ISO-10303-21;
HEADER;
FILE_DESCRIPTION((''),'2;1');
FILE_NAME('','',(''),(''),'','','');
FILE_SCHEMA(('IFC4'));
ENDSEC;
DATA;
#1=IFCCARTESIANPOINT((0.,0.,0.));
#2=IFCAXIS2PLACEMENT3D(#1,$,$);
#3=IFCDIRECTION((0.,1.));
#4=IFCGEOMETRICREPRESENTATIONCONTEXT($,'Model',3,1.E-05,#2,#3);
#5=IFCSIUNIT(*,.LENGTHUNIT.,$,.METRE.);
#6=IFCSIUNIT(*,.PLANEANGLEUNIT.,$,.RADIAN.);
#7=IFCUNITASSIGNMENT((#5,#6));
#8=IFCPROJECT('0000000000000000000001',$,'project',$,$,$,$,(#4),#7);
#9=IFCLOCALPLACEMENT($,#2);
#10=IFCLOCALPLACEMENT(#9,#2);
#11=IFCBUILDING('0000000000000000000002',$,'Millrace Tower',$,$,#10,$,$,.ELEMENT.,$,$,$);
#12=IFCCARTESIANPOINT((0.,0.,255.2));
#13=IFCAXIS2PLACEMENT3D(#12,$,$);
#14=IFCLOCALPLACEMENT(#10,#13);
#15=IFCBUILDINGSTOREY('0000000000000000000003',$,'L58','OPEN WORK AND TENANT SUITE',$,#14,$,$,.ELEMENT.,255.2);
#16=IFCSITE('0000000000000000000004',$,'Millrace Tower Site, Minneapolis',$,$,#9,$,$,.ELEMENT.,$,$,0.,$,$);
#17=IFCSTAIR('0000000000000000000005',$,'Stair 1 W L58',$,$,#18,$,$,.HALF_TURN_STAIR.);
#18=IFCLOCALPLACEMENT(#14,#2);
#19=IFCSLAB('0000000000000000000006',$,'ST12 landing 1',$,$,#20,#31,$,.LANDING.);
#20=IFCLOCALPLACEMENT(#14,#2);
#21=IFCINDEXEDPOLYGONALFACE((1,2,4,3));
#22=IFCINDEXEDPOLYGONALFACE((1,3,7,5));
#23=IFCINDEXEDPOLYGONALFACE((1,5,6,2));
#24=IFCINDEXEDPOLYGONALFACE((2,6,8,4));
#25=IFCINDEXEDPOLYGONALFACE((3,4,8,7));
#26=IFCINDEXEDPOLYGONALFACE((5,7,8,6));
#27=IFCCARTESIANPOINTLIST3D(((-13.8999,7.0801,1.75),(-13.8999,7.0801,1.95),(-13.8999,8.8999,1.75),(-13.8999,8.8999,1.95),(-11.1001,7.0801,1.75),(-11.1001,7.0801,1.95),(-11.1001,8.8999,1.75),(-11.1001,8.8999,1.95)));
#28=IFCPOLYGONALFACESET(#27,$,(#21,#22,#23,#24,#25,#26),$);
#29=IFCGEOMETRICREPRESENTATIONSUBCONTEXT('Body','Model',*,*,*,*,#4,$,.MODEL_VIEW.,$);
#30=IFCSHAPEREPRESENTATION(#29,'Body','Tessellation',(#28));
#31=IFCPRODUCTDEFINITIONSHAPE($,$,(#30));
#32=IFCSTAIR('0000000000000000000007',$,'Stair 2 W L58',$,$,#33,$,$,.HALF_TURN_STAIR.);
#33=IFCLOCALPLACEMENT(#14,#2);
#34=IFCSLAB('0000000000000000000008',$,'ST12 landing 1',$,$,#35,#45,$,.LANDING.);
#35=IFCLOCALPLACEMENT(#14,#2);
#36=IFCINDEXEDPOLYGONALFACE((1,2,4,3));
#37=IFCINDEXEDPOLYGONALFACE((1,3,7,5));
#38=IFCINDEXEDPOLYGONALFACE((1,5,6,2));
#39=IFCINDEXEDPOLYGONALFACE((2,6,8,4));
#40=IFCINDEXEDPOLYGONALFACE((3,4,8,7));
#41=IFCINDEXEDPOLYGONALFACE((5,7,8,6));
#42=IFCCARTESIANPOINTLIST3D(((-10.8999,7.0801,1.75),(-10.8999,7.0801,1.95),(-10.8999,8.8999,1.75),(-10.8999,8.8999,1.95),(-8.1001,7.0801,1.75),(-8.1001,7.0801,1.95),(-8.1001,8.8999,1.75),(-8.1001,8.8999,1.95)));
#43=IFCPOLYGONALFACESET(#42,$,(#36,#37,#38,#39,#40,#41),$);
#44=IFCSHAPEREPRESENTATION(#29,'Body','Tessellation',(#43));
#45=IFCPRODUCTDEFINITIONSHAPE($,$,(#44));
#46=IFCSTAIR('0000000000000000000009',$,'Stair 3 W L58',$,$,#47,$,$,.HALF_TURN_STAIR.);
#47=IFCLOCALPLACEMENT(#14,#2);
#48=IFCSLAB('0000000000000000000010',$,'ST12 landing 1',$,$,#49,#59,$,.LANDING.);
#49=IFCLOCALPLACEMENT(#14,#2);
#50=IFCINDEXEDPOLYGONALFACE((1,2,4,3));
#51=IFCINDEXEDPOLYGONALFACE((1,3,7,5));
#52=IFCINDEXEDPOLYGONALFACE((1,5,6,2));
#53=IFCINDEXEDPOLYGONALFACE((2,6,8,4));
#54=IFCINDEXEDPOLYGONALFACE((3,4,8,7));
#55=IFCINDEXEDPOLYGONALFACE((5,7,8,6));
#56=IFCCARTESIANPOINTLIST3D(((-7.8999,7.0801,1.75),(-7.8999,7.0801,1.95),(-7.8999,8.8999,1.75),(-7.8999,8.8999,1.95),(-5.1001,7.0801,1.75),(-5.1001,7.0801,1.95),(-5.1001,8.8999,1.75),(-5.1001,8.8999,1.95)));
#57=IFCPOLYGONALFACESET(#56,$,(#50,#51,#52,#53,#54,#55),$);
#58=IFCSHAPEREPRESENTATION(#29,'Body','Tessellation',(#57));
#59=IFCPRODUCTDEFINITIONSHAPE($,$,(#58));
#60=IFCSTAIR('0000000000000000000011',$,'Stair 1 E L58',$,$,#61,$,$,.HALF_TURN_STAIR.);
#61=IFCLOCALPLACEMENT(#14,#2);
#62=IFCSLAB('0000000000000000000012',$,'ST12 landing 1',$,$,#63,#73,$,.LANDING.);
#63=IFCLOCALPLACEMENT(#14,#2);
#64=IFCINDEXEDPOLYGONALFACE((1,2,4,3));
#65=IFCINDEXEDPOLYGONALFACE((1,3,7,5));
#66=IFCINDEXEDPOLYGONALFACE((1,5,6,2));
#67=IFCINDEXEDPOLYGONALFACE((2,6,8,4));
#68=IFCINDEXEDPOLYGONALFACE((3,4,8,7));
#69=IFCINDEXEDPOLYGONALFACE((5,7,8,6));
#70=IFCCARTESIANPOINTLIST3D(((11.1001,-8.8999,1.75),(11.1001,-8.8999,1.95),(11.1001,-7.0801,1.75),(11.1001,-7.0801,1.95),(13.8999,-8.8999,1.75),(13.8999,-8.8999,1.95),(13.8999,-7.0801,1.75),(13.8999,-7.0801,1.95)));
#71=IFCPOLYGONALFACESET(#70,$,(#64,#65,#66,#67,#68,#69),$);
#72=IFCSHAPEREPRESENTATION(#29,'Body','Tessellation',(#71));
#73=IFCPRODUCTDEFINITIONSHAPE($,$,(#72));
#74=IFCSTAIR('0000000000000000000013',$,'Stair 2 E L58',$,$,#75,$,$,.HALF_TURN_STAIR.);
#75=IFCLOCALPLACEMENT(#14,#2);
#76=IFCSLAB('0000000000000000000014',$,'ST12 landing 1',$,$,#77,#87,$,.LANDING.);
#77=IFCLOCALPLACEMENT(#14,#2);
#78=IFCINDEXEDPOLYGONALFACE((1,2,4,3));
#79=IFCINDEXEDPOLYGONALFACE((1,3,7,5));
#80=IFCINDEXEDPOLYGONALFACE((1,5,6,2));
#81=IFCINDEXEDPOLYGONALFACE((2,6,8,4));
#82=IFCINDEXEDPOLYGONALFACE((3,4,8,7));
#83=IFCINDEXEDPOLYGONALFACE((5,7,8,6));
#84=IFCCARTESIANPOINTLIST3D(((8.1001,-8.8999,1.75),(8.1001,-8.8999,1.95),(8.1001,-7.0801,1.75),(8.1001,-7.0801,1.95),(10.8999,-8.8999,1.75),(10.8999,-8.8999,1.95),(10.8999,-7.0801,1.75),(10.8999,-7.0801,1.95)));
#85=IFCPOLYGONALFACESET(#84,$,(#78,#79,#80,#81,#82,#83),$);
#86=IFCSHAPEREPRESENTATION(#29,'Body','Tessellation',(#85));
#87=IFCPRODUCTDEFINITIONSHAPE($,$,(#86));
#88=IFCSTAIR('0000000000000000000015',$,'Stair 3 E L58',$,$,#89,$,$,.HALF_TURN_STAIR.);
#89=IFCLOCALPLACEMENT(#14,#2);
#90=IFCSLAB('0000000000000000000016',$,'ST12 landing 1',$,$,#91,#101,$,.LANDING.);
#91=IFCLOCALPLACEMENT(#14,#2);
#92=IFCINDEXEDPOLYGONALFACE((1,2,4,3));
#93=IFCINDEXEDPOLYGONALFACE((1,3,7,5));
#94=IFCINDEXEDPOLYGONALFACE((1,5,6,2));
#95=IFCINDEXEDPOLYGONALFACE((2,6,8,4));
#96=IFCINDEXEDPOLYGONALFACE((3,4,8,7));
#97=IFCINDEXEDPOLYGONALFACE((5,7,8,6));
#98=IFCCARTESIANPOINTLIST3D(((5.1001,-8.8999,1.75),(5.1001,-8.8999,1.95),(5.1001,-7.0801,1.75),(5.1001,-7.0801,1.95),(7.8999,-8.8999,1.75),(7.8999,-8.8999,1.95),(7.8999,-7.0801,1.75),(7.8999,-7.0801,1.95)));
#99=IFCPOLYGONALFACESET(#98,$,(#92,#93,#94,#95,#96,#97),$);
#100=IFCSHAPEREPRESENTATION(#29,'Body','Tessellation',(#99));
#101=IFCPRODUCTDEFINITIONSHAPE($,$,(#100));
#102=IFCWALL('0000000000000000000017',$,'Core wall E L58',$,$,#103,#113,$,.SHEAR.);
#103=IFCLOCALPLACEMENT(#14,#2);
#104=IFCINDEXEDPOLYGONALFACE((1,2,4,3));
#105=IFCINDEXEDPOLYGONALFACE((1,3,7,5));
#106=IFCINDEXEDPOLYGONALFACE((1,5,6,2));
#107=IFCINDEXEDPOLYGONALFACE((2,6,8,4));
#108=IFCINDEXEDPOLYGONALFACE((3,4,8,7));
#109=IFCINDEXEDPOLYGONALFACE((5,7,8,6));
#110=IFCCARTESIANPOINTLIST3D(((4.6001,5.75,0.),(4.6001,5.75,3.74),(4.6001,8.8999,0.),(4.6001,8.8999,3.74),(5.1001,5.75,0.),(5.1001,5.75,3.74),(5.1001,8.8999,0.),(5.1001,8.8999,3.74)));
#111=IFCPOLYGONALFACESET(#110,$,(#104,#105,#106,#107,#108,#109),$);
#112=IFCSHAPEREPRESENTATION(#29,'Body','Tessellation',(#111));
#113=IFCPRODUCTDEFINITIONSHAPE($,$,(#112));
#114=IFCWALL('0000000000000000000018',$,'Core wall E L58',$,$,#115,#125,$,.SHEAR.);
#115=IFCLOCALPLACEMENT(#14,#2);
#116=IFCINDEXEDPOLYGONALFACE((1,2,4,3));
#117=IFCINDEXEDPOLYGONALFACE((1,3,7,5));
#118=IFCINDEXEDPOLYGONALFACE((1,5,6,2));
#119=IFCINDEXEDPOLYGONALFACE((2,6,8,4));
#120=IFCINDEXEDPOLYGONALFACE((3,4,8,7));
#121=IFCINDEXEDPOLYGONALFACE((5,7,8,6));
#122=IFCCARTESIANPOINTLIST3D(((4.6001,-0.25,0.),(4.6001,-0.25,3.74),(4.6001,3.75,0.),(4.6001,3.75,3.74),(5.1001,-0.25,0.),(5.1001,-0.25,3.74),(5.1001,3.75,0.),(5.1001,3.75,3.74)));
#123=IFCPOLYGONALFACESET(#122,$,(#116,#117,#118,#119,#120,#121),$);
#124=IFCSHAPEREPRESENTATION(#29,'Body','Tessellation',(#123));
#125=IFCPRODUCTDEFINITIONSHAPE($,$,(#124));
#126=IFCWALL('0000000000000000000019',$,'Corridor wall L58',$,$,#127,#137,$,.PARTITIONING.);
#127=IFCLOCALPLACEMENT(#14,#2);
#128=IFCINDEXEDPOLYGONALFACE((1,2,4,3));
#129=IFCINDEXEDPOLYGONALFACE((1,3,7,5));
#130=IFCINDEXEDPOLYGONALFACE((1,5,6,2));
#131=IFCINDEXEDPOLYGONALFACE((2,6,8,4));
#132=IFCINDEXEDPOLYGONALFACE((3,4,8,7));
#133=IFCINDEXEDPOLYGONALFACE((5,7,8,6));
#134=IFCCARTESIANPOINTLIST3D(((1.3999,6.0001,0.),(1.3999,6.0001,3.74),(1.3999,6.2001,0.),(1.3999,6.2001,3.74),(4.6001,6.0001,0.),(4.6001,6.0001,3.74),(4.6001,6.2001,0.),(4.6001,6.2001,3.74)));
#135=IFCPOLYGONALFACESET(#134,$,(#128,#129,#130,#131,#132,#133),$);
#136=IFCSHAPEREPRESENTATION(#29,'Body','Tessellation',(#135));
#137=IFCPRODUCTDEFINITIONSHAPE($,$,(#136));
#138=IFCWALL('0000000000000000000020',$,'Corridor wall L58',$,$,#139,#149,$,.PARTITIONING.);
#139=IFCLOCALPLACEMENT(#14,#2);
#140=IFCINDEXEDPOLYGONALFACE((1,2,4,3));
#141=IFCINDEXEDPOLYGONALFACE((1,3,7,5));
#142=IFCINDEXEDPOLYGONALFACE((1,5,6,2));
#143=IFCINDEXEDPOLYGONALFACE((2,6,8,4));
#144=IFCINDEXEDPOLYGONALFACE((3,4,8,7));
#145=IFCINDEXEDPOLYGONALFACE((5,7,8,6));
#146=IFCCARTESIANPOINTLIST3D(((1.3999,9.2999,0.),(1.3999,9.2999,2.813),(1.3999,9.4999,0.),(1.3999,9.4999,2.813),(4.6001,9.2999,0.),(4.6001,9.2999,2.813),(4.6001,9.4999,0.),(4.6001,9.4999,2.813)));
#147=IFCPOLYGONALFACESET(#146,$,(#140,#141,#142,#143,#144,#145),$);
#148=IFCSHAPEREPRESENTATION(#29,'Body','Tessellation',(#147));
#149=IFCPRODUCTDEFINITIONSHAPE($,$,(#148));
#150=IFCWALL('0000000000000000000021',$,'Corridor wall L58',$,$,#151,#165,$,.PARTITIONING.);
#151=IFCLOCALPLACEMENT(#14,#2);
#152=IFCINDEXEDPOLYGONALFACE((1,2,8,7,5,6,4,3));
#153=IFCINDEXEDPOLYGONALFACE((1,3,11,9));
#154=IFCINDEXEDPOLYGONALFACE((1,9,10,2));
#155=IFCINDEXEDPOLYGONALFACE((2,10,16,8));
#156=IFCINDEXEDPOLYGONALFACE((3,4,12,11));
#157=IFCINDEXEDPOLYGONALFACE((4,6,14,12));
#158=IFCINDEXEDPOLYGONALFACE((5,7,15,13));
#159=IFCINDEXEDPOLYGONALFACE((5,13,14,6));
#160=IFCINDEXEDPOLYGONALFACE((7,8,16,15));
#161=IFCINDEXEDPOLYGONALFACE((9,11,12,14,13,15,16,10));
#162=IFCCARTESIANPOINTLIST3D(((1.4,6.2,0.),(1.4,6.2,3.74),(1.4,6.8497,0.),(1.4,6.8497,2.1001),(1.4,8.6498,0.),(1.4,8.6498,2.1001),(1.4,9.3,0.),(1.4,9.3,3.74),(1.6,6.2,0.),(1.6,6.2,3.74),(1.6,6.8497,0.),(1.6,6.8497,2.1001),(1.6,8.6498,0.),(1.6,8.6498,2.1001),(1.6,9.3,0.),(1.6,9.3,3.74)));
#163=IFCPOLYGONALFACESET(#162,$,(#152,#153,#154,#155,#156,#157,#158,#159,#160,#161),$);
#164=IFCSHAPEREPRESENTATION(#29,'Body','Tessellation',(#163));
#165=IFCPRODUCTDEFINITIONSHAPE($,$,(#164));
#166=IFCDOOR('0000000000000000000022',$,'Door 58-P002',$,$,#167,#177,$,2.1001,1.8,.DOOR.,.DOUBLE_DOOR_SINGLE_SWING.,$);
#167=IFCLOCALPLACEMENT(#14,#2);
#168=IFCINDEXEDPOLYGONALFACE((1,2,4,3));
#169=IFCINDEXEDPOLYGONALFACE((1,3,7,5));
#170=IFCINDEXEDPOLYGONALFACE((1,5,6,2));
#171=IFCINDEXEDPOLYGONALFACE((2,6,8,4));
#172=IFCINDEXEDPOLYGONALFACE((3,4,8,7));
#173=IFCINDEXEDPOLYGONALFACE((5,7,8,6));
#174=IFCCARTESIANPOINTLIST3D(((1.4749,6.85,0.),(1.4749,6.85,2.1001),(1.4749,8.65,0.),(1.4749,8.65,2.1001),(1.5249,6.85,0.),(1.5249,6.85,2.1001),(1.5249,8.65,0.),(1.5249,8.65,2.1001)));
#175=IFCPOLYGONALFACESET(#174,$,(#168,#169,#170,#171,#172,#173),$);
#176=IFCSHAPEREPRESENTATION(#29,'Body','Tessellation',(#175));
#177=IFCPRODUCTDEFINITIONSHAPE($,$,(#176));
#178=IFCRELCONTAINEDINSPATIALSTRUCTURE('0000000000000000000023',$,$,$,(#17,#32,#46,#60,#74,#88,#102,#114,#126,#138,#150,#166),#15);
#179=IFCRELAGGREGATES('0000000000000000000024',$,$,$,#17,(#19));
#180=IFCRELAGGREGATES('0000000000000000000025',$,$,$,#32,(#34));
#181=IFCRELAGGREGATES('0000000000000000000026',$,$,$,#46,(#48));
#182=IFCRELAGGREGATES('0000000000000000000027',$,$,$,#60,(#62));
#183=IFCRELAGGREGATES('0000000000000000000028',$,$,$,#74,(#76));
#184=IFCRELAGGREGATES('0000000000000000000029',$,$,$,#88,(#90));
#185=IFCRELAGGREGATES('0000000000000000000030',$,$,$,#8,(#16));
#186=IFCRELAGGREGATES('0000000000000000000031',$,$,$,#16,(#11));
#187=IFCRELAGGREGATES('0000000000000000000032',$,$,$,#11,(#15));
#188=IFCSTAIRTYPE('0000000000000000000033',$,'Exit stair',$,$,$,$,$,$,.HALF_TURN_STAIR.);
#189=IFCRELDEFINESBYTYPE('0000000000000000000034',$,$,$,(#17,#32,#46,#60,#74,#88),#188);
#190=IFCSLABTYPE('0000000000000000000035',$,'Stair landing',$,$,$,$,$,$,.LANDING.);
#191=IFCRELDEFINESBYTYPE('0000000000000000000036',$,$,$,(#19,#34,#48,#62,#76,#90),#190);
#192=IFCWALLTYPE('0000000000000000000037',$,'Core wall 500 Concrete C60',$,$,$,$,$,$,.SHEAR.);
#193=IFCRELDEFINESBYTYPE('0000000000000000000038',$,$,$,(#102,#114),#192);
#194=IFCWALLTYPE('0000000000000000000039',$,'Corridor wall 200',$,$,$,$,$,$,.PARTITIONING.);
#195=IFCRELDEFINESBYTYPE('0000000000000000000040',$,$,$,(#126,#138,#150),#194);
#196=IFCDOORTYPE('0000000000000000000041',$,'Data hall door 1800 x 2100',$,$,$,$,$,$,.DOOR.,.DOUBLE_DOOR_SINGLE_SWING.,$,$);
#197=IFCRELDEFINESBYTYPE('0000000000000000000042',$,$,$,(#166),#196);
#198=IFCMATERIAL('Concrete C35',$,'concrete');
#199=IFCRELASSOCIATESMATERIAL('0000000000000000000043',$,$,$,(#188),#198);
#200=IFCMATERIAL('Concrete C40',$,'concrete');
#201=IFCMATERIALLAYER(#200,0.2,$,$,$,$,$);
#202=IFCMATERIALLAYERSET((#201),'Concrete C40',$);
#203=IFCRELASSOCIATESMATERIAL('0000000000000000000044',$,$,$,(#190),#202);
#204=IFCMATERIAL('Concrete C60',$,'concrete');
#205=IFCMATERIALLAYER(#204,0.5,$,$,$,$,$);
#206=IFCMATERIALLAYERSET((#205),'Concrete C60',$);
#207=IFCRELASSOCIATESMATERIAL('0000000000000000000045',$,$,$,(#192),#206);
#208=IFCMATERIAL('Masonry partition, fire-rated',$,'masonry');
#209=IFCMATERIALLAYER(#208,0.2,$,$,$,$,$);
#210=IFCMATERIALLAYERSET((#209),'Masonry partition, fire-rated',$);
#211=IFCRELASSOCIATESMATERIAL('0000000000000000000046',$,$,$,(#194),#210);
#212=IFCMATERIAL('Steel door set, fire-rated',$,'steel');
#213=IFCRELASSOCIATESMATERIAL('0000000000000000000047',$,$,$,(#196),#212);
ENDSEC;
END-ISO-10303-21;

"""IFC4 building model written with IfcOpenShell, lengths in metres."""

from ifc_helpers import new_model, si_unit, direction, frame, frame_2d, origin, place, context, subcontext, project, spatial, polyline, rectangle, outline, extrude, material, layer, layer_set, type_object, element, fill, aggregate, save


model = new_model("IFC4")

# Units and contexts
model_context = context("Model", 3, precision=1e-05, world=origin(), true_north=direction((0.0, 1.0)))
body_context = subcontext(model_context, "Body", "Model", "MODEL_VIEW")
ifc_project = project(units=[si_unit("LENGTHUNIT", "METRE"), si_unit("PLANEANGLEUNIT", "RADIAN")], contexts=[model_context])

# Site, building, storey
site_placement = place(None, origin())
site = spatial("IfcSite", under=ifc_project, at=site_placement, Name="Millrace Tower Site, Minneapolis", CompositionType="ELEMENT", RefElevation=0.0)
building_placement = place(site_placement, origin())
building = spatial("IfcBuilding", under=site, at=building_placement, Name="Millrace Tower", CompositionType="ELEMENT")
storey_placement = place(building_placement, frame((0.0, 0.0, 255.2)))
storey = spatial("IfcBuildingStorey", under=building, at=storey_placement, Name="L58", Description="OPEN WORK AND TENANT SUITE", CompositionType="ELEMENT", Elevation=255.2)

# Shared definitions
placement_1 = place(storey_placement, origin())

# Stairs, slabs
ifc_material_1 = material(Name="Concrete C35", Category="concrete")
stair_type = type_object("IfcStairType", Name="Exit stair", PredefinedType="HALF_TURN_STAIR", material=ifc_material_1)
stair_1 = element("IfcStair", 1, at=placement_1, inside=storey, type_object=stair_type, Name="Stair 1 W L58", PredefinedType="HALF_TURN_STAIR")
ifc_material_2 = material(Name="Concrete C40", Category="concrete")
ifc_layer_1 = layer(ifc_material_2, 0.2)
ifc_layer_set_1 = layer_set([ifc_layer_1], Name="Concrete C40")
slab_type = type_object("IfcSlabType", Name="Stair landing", PredefinedType="LANDING", material=ifc_layer_set_1)
placement_2 = place(storey_placement, frame((0.0, 0.0, 1.75)))
slab_1 = element("IfcSlab", 2, at=placement_2, type_object=slab_type, Name="ST12 landing 1", PredefinedType="LANDING", context=body_context, shape_type="SweptSolid", body=[
    extrude(outline(polyline([(-13.8999, 7.0801), (-11.1001, 7.0801), (-11.1001, 8.8999), (-13.8999, 8.8999), (-13.8999, 7.0801)])), origin(), (0.0, 0.0, 1.0), 0.2),
])
aggregate(stair_1, [slab_1])
stair_2 = element("IfcStair", 3, at=placement_1, inside=storey, type_object=stair_type, Name="Stair 2 W L58", PredefinedType="HALF_TURN_STAIR")
slab_2 = element("IfcSlab", 4, at=placement_2, type_object=slab_type, Name="ST12 landing 1", PredefinedType="LANDING", context=body_context, shape_type="SweptSolid", body=[
    extrude(outline(polyline([(-10.8999, 7.0801), (-8.1001, 7.0801), (-8.1001, 8.8999), (-10.8999, 8.8999), (-10.8999, 7.0801)])), origin(), (0.0, 0.0, 1.0), 0.2),
])
aggregate(stair_2, [slab_2])
stair_3 = element("IfcStair", 5, at=placement_1, inside=storey, type_object=stair_type, Name="Stair 3 W L58", PredefinedType="HALF_TURN_STAIR")
slab_3 = element("IfcSlab", 6, at=placement_2, type_object=slab_type, Name="ST12 landing 1", PredefinedType="LANDING", context=body_context, shape_type="SweptSolid", body=[
    extrude(outline(polyline([(-7.8999, 7.0801), (-5.1001, 7.0801), (-5.1001, 8.8999), (-7.8999, 8.8999), (-7.8999, 7.0801)])), origin(), (0.0, 0.0, 1.0), 0.2),
])
aggregate(stair_3, [slab_3])
stair_4 = element("IfcStair", 7, at=placement_1, inside=storey, type_object=stair_type, Name="Stair 1 E L58", PredefinedType="HALF_TURN_STAIR")
slab_4 = element("IfcSlab", 8, at=placement_2, type_object=slab_type, Name="ST12 landing 1", PredefinedType="LANDING", context=body_context, shape_type="SweptSolid", body=[
    extrude(outline(polyline([(11.1001, -8.8999), (13.8999, -8.8999), (13.8999, -7.0801), (11.1001, -7.0801), (11.1001, -8.8999)])), origin(), (0.0, 0.0, 1.0), 0.2),
])
aggregate(stair_4, [slab_4])
stair_5 = element("IfcStair", 9, at=placement_1, inside=storey, type_object=stair_type, Name="Stair 2 E L58", PredefinedType="HALF_TURN_STAIR")
slab_5 = element("IfcSlab", 10, at=placement_2, type_object=slab_type, Name="ST12 landing 1", PredefinedType="LANDING", context=body_context, shape_type="SweptSolid", body=[
    extrude(outline(polyline([(8.1001, -8.8999), (10.8999, -8.8999), (10.8999, -7.0801), (8.1001, -7.0801), (8.1001, -8.8999)])), origin(), (0.0, 0.0, 1.0), 0.2),
])
aggregate(stair_5, [slab_5])
stair_6 = element("IfcStair", 11, at=placement_1, inside=storey, type_object=stair_type, Name="Stair 3 E L58", PredefinedType="HALF_TURN_STAIR")
slab_6 = element("IfcSlab", 12, at=placement_2, type_object=slab_type, Name="ST12 landing 1", PredefinedType="LANDING", context=body_context, shape_type="SweptSolid", body=[
    extrude(outline(polyline([(5.1001, -8.8999), (7.8999, -8.8999), (7.8999, -7.0801), (5.1001, -7.0801), (5.1001, -8.8999)])), origin(), (0.0, 0.0, 1.0), 0.2),
])
aggregate(stair_6, [slab_6])

# Walls
ifc_material_3 = material(Name="Concrete C60", Category="concrete")
ifc_layer_2 = layer(ifc_material_3, 0.5)
ifc_layer_set_2 = layer_set([ifc_layer_2], Name="Concrete C60")
wall_type_1 = type_object("IfcWallType", Name="Core wall 500 Concrete C60", PredefinedType="SHEAR", material=ifc_layer_set_2)
wall_1_placement = place(storey_placement, frame((4.8501, 8.8999, 0.0), z_axis=(0.0, 0.0, 1.0), x_axis=(0.0, -1.0, 0.0)))
element("IfcWall", 13, at=wall_1_placement, inside=storey, type_object=wall_type_1, Name="Core wall E L58", PredefinedType="SHEAR", context=body_context, shape_type="SweptSolid", body=[
    extrude(rectangle(XDim=3.1499, YDim=0.5, at=frame_2d((1.575, 0.0))), origin(), (0.0, 0.0, 1.0), 3.74),
])
wall_2_placement = place(storey_placement, frame((4.8501, 3.75, 0.0), z_axis=(0.0, 0.0, 1.0), x_axis=(0.0, -1.0, 0.0)))
element("IfcWall", 14, at=wall_2_placement, inside=storey, type_object=wall_type_1, Name="Core wall E L58", PredefinedType="SHEAR", context=body_context, shape_type="SweptSolid", body=[
    extrude(rectangle(XDim=4.0, YDim=0.5, at=frame_2d((2.0, 0.0))), origin(), (0.0, 0.0, 1.0), 3.74),
])
ifc_material_4 = material(Name="Masonry partition, fire-rated", Category="masonry")
ifc_layer_3 = layer(ifc_material_4, 0.2)
ifc_layer_set_3 = layer_set([ifc_layer_3], Name="Masonry partition, fire-rated")
wall_type_2 = type_object("IfcWallType", Name="Corridor wall 200", PredefinedType="PARTITIONING", material=ifc_layer_set_3)
wall_3_placement = place(storey_placement, frame((1.3999, 6.1001, 0.0), z_axis=(0.0, 0.0, 1.0), x_axis=(1.0, 0.0, 0.0)))
element("IfcWall", 15, at=wall_3_placement, inside=storey, type_object=wall_type_2, Name="Corridor wall L58", PredefinedType="PARTITIONING", context=body_context, shape_type="SweptSolid", body=[
    extrude(rectangle(XDim=3.2002, YDim=0.2, at=frame_2d((1.6001, 0.0))), origin(), (0.0, 0.0, 1.0), 3.74),
])
wall_4_placement = place(storey_placement, frame((1.3999, 9.3999, 0.0), z_axis=(0.0, 0.0, 1.0), x_axis=(1.0, 0.0, 0.0)))
element("IfcWall", 16, at=wall_4_placement, inside=storey, type_object=wall_type_2, Name="Corridor wall L58", PredefinedType="PARTITIONING", context=body_context, shape_type="SweptSolid", body=[
    extrude(rectangle(XDim=3.2002, YDim=0.2, at=frame_2d((1.6001, 0.0))), origin(), (0.0, 0.0, 1.0), 2.813),
])

# Wall, opening, door
wall_5_placement = place(storey_placement, frame((1.5, 6.2, 0.0), z_axis=(0.0, 0.0, 1.0), x_axis=(0.0, 1.0, 0.0)))
wall_5 = element("IfcWall", 17, at=wall_5_placement, inside=storey, type_object=wall_type_2, Name="Corridor wall L58", PredefinedType="PARTITIONING", context=body_context, shape_type="SweptSolid", body=[
    extrude(rectangle(XDim=3.1001, YDim=0.2, at=frame_2d((1.55, 0.0))), origin(), (0.0, 0.0, 1.0), 3.74),
])
opening_1_placement = place(wall_5_placement, frame((0.6499, 0.0, 0.0)))
opening_1 = element("IfcOpeningElement", 18, at=opening_1_placement, cuts=wall_5, PredefinedType="OPENING", context=body_context, shape_type="SweptSolid", body=[
    extrude(rectangle(XDim=1.8, YDim=2.1001, at=frame_2d((0.8999, 1.05))), frame((0.0, 0.1099, 0.0), z_axis=(0.0, -1.0, 0.0), x_axis=(1.0, 0.0, 0.0)), (0.0, 0.0, 1.0), 0.22),
])
ifc_material_5 = material(Name="Steel door set, fire-rated", Category="steel")
door_type_1 = type_object("IfcDoorType", Name="Data hall door 1800 x 2100", OperationType="DOUBLE_DOOR_SINGLE_SWING", PredefinedType="DOOR", material=ifc_material_5)
door_1_placement = place(opening_1_placement, frame((1.8, 0.0, 0.0), z_axis=(0.0, 0.0, 1.0), x_axis=(-1.0, 0.0, 0.0)))
door_1 = element("IfcDoor", 19, at=door_1_placement, inside=storey, type_object=door_type_1, Name="Door 58-P002", OperationType="DOUBLE_DOOR_SINGLE_SWING", OverallHeight=2.1001, OverallWidth=1.8, PredefinedType="DOOR", context=body_context, shape_type="SweptSolid", body=[
    extrude(rectangle(XDim=1.8, YDim=2.1001, at=frame_2d((0.8999, 1.05))), frame((0.0, 0.0249, 0.0), z_axis=(0.0, -1.0, 0.0), x_axis=(1.0, 0.0, 0.0)), (0.0, 0.0, 1.0), 0.05),
])
fill(opening_1, door_1)

save(model, "model.ifc")
